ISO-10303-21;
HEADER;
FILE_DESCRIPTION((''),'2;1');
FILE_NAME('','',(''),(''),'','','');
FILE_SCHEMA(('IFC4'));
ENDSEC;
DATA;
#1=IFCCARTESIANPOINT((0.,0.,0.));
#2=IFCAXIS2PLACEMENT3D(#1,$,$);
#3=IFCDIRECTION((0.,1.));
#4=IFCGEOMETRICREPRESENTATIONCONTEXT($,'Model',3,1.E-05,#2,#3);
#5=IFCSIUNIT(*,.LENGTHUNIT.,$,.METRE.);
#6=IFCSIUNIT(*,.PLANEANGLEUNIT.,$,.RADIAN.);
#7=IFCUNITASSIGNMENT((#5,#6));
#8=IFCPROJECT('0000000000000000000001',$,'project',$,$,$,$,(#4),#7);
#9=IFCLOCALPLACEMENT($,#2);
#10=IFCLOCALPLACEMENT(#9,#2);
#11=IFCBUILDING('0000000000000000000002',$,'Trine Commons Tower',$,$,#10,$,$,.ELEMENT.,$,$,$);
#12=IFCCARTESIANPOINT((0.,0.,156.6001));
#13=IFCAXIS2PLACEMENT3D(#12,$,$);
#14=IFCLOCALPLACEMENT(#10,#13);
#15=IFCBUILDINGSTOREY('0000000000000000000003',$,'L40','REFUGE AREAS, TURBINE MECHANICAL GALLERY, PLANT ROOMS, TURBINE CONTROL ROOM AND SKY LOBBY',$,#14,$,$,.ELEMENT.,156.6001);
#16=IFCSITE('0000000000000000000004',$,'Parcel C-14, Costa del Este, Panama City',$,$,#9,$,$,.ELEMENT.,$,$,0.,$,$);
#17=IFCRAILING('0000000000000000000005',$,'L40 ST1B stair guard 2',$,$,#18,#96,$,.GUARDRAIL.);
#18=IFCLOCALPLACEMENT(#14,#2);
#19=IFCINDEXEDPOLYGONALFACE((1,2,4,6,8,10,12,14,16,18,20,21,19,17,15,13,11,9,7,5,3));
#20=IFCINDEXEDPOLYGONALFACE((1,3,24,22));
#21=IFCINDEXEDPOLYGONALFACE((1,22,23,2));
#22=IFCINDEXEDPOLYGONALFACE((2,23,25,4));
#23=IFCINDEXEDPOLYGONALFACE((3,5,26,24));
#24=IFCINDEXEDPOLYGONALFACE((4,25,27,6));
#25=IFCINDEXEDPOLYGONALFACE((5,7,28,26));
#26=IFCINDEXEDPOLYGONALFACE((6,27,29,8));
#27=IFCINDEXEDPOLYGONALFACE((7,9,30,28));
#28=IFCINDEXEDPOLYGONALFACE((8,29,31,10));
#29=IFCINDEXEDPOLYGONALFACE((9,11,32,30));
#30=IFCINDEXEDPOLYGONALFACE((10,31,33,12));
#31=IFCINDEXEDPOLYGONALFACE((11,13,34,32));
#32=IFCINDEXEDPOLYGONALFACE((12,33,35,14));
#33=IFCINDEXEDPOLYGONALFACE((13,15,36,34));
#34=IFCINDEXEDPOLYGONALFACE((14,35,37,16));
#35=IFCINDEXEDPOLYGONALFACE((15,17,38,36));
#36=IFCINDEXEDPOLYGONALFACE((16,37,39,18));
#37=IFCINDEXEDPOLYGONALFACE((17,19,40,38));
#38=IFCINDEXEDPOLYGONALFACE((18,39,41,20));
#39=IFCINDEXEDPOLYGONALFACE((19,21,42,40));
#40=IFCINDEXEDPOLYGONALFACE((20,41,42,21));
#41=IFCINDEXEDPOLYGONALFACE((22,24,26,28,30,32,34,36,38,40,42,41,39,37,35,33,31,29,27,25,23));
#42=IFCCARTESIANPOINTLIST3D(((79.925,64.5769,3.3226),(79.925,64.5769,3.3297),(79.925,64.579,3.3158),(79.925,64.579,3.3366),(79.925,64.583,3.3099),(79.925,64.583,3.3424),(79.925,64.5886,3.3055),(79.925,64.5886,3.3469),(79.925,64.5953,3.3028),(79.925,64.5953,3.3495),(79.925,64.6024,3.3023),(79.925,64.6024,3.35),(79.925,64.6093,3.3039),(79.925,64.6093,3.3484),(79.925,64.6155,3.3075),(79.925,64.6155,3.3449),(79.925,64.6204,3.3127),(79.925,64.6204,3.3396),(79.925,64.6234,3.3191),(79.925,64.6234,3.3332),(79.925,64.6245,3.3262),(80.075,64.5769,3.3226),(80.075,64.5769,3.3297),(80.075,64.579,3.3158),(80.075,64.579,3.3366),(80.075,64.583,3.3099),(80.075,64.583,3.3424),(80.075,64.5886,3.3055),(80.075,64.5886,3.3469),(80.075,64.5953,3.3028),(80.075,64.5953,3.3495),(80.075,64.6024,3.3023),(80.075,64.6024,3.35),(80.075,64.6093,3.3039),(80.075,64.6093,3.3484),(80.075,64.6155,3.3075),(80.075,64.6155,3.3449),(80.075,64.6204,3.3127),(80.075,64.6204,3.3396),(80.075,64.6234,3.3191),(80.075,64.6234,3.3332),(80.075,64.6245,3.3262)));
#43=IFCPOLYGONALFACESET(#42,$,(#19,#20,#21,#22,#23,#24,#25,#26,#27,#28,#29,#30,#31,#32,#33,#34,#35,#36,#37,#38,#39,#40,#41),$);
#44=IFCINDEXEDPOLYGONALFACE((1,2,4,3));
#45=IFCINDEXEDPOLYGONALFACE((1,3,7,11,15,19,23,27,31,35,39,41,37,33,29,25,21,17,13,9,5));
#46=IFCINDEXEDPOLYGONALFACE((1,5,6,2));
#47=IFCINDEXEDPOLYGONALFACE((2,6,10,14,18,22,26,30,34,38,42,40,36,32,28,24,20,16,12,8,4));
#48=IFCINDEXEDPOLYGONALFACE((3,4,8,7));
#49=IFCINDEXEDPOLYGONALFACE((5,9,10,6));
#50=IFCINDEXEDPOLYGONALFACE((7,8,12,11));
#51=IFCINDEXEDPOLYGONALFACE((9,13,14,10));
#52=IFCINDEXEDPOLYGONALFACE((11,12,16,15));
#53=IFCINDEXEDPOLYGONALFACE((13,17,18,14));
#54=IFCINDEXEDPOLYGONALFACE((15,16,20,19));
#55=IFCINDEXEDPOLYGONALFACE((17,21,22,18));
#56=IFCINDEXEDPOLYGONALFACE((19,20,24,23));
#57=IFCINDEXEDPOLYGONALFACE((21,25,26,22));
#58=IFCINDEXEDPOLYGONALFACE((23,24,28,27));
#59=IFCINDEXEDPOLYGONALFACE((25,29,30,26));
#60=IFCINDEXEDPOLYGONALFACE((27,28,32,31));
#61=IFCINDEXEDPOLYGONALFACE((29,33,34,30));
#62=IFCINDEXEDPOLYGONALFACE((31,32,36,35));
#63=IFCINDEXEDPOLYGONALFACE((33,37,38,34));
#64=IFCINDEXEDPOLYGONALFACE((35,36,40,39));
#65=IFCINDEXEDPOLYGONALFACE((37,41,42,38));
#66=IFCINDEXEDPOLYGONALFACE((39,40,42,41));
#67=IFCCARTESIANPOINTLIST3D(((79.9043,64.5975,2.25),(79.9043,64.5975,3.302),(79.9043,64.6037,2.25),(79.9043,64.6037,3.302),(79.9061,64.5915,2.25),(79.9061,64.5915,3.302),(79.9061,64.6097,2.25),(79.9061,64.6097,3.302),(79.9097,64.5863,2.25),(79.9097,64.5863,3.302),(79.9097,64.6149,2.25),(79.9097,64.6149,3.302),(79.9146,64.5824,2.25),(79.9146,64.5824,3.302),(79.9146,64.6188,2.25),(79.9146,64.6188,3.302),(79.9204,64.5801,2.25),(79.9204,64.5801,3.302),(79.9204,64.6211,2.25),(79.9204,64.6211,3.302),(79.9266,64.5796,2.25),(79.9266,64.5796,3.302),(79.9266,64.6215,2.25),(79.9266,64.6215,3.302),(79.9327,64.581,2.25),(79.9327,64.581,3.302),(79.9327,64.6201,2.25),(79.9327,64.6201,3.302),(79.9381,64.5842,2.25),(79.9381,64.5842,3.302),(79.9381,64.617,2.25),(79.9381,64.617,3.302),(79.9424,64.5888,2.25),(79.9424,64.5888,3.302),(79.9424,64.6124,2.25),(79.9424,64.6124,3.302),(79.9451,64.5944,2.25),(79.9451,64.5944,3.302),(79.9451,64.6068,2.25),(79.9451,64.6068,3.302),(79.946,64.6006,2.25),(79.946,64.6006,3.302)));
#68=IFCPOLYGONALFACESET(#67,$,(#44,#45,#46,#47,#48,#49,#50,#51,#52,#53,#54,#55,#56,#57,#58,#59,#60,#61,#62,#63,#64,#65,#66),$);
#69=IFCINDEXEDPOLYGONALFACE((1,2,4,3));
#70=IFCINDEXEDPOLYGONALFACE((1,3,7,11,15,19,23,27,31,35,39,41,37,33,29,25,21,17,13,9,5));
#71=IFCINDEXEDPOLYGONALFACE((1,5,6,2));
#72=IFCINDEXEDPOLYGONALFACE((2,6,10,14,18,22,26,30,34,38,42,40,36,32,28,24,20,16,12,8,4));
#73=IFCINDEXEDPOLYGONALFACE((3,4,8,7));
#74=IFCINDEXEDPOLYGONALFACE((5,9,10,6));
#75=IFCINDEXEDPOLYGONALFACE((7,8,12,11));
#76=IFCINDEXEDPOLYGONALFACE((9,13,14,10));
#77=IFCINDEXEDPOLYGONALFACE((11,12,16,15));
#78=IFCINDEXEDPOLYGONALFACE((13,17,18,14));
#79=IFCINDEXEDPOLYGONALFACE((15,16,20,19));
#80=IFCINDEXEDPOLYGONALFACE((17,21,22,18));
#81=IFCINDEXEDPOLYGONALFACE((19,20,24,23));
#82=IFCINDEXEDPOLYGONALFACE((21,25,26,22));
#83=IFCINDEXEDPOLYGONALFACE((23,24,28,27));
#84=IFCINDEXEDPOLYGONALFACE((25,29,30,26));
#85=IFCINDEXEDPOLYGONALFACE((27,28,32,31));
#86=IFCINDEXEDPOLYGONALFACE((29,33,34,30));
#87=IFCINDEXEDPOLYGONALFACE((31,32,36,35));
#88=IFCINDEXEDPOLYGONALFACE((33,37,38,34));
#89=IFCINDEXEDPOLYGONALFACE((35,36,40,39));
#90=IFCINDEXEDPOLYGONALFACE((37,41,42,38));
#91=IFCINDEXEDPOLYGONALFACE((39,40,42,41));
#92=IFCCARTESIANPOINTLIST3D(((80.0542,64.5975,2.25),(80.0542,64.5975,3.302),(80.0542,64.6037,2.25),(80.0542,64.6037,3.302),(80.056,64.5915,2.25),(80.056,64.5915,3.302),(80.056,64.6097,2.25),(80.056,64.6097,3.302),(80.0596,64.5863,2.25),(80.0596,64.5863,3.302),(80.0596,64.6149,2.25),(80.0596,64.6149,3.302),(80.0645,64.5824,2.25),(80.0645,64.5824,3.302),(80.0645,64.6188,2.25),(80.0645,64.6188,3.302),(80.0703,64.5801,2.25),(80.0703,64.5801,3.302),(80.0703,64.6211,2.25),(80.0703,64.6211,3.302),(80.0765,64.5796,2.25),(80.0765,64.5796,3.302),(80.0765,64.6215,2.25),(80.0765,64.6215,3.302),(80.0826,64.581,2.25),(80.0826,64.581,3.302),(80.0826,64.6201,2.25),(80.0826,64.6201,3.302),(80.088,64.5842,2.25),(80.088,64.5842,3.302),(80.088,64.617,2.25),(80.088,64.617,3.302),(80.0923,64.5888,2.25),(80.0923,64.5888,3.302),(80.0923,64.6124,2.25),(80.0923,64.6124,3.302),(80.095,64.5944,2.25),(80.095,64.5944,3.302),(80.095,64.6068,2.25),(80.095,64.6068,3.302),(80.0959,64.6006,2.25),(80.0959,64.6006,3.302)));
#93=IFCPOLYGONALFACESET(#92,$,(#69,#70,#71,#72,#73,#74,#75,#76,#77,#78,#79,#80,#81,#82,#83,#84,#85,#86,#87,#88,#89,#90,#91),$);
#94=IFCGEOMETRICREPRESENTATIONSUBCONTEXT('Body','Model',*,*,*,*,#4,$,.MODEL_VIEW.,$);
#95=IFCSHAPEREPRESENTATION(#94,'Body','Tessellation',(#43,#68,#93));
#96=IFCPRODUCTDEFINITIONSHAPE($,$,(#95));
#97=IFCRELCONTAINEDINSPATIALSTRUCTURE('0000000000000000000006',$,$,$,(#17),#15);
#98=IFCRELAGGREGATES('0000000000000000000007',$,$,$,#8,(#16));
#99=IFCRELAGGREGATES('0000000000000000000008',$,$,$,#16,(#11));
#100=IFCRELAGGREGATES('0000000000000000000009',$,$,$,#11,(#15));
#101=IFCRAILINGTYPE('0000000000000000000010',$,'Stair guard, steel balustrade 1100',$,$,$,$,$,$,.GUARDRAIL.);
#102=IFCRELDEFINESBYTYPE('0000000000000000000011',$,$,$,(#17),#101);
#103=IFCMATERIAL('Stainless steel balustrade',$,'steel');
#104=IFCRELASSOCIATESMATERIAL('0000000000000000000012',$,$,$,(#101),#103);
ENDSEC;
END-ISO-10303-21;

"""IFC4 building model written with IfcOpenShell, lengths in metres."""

from ifc_helpers import new_model, si_unit, direction, frame, origin, origin_2d, place, context, subcontext, project, spatial, circle, extrude, material, type_object, element, save


model = new_model("IFC4")

# Units and contexts
model_context = context("Model", 3, precision=1e-05, world=origin(), true_north=direction((0.0, 1.0)))
body_context = subcontext(model_context, "Body", "Model", "MODEL_VIEW")
ifc_project = project(units=[si_unit("LENGTHUNIT", "METRE"), si_unit("PLANEANGLEUNIT", "RADIAN")], contexts=[model_context])

# Site, building, storey
site_placement = place(None, origin())
site = spatial("IfcSite", under=ifc_project, at=site_placement, Name="Parcel C-14, Costa del Este, Panama City", CompositionType="ELEMENT", RefElevation=0.0)
building_placement = place(site_placement, origin())
building = spatial("IfcBuilding", under=site, at=building_placement, Name="Trine Commons Tower", CompositionType="ELEMENT")
storey_placement = place(building_placement, frame((0.0, 0.0, 156.6001)))
storey = spatial("IfcBuildingStorey", under=building, at=storey_placement, Name="L40", Description="REFUGE AREAS, TURBINE MECHANICAL GALLERY, PLANT ROOMS, TURBINE CONTROL ROOM AND SKY LOBBY", CompositionType="ELEMENT", Elevation=156.6001)

# Railing
ifc_material_1 = material(Name="Stainless steel balustrade", Category="steel")
railing_type_1 = type_object("IfcRailingType", Name="Stair guard, steel balustrade 1100", PredefinedType="GUARDRAIL", material=ifc_material_1)
railing_1_placement = place(storey_placement, frame((79.925, 64.6006, 2.25)))
element("IfcRailing", 1, at=railing_1_placement, inside=storey, type_object=railing_type_1, Name="L40 ST1B stair guard 2", PredefinedType="GUARDRAIL", context=body_context, shape_type="SweptSolid", body=[
    extrude(circle(Radius=0.0239, at=origin_2d()), frame((0.0, 0.0, 1.0762), z_axis=(1.0, 0.0, 0.0), x_axis=(0.0, 1.0, 0.0)), (0.0, 0.0, 1.0), 0.1499),
    extrude(circle(Radius=0.021, at=origin_2d()), origin(), (0.0, 0.0, 1.0), 1.052),
    extrude(circle(Radius=0.021, at=origin_2d()), frame((0.1499, 0.0, 0.0)), (0.0, 0.0, 1.0), 1.052),
])

save(model, "model.ifc")
